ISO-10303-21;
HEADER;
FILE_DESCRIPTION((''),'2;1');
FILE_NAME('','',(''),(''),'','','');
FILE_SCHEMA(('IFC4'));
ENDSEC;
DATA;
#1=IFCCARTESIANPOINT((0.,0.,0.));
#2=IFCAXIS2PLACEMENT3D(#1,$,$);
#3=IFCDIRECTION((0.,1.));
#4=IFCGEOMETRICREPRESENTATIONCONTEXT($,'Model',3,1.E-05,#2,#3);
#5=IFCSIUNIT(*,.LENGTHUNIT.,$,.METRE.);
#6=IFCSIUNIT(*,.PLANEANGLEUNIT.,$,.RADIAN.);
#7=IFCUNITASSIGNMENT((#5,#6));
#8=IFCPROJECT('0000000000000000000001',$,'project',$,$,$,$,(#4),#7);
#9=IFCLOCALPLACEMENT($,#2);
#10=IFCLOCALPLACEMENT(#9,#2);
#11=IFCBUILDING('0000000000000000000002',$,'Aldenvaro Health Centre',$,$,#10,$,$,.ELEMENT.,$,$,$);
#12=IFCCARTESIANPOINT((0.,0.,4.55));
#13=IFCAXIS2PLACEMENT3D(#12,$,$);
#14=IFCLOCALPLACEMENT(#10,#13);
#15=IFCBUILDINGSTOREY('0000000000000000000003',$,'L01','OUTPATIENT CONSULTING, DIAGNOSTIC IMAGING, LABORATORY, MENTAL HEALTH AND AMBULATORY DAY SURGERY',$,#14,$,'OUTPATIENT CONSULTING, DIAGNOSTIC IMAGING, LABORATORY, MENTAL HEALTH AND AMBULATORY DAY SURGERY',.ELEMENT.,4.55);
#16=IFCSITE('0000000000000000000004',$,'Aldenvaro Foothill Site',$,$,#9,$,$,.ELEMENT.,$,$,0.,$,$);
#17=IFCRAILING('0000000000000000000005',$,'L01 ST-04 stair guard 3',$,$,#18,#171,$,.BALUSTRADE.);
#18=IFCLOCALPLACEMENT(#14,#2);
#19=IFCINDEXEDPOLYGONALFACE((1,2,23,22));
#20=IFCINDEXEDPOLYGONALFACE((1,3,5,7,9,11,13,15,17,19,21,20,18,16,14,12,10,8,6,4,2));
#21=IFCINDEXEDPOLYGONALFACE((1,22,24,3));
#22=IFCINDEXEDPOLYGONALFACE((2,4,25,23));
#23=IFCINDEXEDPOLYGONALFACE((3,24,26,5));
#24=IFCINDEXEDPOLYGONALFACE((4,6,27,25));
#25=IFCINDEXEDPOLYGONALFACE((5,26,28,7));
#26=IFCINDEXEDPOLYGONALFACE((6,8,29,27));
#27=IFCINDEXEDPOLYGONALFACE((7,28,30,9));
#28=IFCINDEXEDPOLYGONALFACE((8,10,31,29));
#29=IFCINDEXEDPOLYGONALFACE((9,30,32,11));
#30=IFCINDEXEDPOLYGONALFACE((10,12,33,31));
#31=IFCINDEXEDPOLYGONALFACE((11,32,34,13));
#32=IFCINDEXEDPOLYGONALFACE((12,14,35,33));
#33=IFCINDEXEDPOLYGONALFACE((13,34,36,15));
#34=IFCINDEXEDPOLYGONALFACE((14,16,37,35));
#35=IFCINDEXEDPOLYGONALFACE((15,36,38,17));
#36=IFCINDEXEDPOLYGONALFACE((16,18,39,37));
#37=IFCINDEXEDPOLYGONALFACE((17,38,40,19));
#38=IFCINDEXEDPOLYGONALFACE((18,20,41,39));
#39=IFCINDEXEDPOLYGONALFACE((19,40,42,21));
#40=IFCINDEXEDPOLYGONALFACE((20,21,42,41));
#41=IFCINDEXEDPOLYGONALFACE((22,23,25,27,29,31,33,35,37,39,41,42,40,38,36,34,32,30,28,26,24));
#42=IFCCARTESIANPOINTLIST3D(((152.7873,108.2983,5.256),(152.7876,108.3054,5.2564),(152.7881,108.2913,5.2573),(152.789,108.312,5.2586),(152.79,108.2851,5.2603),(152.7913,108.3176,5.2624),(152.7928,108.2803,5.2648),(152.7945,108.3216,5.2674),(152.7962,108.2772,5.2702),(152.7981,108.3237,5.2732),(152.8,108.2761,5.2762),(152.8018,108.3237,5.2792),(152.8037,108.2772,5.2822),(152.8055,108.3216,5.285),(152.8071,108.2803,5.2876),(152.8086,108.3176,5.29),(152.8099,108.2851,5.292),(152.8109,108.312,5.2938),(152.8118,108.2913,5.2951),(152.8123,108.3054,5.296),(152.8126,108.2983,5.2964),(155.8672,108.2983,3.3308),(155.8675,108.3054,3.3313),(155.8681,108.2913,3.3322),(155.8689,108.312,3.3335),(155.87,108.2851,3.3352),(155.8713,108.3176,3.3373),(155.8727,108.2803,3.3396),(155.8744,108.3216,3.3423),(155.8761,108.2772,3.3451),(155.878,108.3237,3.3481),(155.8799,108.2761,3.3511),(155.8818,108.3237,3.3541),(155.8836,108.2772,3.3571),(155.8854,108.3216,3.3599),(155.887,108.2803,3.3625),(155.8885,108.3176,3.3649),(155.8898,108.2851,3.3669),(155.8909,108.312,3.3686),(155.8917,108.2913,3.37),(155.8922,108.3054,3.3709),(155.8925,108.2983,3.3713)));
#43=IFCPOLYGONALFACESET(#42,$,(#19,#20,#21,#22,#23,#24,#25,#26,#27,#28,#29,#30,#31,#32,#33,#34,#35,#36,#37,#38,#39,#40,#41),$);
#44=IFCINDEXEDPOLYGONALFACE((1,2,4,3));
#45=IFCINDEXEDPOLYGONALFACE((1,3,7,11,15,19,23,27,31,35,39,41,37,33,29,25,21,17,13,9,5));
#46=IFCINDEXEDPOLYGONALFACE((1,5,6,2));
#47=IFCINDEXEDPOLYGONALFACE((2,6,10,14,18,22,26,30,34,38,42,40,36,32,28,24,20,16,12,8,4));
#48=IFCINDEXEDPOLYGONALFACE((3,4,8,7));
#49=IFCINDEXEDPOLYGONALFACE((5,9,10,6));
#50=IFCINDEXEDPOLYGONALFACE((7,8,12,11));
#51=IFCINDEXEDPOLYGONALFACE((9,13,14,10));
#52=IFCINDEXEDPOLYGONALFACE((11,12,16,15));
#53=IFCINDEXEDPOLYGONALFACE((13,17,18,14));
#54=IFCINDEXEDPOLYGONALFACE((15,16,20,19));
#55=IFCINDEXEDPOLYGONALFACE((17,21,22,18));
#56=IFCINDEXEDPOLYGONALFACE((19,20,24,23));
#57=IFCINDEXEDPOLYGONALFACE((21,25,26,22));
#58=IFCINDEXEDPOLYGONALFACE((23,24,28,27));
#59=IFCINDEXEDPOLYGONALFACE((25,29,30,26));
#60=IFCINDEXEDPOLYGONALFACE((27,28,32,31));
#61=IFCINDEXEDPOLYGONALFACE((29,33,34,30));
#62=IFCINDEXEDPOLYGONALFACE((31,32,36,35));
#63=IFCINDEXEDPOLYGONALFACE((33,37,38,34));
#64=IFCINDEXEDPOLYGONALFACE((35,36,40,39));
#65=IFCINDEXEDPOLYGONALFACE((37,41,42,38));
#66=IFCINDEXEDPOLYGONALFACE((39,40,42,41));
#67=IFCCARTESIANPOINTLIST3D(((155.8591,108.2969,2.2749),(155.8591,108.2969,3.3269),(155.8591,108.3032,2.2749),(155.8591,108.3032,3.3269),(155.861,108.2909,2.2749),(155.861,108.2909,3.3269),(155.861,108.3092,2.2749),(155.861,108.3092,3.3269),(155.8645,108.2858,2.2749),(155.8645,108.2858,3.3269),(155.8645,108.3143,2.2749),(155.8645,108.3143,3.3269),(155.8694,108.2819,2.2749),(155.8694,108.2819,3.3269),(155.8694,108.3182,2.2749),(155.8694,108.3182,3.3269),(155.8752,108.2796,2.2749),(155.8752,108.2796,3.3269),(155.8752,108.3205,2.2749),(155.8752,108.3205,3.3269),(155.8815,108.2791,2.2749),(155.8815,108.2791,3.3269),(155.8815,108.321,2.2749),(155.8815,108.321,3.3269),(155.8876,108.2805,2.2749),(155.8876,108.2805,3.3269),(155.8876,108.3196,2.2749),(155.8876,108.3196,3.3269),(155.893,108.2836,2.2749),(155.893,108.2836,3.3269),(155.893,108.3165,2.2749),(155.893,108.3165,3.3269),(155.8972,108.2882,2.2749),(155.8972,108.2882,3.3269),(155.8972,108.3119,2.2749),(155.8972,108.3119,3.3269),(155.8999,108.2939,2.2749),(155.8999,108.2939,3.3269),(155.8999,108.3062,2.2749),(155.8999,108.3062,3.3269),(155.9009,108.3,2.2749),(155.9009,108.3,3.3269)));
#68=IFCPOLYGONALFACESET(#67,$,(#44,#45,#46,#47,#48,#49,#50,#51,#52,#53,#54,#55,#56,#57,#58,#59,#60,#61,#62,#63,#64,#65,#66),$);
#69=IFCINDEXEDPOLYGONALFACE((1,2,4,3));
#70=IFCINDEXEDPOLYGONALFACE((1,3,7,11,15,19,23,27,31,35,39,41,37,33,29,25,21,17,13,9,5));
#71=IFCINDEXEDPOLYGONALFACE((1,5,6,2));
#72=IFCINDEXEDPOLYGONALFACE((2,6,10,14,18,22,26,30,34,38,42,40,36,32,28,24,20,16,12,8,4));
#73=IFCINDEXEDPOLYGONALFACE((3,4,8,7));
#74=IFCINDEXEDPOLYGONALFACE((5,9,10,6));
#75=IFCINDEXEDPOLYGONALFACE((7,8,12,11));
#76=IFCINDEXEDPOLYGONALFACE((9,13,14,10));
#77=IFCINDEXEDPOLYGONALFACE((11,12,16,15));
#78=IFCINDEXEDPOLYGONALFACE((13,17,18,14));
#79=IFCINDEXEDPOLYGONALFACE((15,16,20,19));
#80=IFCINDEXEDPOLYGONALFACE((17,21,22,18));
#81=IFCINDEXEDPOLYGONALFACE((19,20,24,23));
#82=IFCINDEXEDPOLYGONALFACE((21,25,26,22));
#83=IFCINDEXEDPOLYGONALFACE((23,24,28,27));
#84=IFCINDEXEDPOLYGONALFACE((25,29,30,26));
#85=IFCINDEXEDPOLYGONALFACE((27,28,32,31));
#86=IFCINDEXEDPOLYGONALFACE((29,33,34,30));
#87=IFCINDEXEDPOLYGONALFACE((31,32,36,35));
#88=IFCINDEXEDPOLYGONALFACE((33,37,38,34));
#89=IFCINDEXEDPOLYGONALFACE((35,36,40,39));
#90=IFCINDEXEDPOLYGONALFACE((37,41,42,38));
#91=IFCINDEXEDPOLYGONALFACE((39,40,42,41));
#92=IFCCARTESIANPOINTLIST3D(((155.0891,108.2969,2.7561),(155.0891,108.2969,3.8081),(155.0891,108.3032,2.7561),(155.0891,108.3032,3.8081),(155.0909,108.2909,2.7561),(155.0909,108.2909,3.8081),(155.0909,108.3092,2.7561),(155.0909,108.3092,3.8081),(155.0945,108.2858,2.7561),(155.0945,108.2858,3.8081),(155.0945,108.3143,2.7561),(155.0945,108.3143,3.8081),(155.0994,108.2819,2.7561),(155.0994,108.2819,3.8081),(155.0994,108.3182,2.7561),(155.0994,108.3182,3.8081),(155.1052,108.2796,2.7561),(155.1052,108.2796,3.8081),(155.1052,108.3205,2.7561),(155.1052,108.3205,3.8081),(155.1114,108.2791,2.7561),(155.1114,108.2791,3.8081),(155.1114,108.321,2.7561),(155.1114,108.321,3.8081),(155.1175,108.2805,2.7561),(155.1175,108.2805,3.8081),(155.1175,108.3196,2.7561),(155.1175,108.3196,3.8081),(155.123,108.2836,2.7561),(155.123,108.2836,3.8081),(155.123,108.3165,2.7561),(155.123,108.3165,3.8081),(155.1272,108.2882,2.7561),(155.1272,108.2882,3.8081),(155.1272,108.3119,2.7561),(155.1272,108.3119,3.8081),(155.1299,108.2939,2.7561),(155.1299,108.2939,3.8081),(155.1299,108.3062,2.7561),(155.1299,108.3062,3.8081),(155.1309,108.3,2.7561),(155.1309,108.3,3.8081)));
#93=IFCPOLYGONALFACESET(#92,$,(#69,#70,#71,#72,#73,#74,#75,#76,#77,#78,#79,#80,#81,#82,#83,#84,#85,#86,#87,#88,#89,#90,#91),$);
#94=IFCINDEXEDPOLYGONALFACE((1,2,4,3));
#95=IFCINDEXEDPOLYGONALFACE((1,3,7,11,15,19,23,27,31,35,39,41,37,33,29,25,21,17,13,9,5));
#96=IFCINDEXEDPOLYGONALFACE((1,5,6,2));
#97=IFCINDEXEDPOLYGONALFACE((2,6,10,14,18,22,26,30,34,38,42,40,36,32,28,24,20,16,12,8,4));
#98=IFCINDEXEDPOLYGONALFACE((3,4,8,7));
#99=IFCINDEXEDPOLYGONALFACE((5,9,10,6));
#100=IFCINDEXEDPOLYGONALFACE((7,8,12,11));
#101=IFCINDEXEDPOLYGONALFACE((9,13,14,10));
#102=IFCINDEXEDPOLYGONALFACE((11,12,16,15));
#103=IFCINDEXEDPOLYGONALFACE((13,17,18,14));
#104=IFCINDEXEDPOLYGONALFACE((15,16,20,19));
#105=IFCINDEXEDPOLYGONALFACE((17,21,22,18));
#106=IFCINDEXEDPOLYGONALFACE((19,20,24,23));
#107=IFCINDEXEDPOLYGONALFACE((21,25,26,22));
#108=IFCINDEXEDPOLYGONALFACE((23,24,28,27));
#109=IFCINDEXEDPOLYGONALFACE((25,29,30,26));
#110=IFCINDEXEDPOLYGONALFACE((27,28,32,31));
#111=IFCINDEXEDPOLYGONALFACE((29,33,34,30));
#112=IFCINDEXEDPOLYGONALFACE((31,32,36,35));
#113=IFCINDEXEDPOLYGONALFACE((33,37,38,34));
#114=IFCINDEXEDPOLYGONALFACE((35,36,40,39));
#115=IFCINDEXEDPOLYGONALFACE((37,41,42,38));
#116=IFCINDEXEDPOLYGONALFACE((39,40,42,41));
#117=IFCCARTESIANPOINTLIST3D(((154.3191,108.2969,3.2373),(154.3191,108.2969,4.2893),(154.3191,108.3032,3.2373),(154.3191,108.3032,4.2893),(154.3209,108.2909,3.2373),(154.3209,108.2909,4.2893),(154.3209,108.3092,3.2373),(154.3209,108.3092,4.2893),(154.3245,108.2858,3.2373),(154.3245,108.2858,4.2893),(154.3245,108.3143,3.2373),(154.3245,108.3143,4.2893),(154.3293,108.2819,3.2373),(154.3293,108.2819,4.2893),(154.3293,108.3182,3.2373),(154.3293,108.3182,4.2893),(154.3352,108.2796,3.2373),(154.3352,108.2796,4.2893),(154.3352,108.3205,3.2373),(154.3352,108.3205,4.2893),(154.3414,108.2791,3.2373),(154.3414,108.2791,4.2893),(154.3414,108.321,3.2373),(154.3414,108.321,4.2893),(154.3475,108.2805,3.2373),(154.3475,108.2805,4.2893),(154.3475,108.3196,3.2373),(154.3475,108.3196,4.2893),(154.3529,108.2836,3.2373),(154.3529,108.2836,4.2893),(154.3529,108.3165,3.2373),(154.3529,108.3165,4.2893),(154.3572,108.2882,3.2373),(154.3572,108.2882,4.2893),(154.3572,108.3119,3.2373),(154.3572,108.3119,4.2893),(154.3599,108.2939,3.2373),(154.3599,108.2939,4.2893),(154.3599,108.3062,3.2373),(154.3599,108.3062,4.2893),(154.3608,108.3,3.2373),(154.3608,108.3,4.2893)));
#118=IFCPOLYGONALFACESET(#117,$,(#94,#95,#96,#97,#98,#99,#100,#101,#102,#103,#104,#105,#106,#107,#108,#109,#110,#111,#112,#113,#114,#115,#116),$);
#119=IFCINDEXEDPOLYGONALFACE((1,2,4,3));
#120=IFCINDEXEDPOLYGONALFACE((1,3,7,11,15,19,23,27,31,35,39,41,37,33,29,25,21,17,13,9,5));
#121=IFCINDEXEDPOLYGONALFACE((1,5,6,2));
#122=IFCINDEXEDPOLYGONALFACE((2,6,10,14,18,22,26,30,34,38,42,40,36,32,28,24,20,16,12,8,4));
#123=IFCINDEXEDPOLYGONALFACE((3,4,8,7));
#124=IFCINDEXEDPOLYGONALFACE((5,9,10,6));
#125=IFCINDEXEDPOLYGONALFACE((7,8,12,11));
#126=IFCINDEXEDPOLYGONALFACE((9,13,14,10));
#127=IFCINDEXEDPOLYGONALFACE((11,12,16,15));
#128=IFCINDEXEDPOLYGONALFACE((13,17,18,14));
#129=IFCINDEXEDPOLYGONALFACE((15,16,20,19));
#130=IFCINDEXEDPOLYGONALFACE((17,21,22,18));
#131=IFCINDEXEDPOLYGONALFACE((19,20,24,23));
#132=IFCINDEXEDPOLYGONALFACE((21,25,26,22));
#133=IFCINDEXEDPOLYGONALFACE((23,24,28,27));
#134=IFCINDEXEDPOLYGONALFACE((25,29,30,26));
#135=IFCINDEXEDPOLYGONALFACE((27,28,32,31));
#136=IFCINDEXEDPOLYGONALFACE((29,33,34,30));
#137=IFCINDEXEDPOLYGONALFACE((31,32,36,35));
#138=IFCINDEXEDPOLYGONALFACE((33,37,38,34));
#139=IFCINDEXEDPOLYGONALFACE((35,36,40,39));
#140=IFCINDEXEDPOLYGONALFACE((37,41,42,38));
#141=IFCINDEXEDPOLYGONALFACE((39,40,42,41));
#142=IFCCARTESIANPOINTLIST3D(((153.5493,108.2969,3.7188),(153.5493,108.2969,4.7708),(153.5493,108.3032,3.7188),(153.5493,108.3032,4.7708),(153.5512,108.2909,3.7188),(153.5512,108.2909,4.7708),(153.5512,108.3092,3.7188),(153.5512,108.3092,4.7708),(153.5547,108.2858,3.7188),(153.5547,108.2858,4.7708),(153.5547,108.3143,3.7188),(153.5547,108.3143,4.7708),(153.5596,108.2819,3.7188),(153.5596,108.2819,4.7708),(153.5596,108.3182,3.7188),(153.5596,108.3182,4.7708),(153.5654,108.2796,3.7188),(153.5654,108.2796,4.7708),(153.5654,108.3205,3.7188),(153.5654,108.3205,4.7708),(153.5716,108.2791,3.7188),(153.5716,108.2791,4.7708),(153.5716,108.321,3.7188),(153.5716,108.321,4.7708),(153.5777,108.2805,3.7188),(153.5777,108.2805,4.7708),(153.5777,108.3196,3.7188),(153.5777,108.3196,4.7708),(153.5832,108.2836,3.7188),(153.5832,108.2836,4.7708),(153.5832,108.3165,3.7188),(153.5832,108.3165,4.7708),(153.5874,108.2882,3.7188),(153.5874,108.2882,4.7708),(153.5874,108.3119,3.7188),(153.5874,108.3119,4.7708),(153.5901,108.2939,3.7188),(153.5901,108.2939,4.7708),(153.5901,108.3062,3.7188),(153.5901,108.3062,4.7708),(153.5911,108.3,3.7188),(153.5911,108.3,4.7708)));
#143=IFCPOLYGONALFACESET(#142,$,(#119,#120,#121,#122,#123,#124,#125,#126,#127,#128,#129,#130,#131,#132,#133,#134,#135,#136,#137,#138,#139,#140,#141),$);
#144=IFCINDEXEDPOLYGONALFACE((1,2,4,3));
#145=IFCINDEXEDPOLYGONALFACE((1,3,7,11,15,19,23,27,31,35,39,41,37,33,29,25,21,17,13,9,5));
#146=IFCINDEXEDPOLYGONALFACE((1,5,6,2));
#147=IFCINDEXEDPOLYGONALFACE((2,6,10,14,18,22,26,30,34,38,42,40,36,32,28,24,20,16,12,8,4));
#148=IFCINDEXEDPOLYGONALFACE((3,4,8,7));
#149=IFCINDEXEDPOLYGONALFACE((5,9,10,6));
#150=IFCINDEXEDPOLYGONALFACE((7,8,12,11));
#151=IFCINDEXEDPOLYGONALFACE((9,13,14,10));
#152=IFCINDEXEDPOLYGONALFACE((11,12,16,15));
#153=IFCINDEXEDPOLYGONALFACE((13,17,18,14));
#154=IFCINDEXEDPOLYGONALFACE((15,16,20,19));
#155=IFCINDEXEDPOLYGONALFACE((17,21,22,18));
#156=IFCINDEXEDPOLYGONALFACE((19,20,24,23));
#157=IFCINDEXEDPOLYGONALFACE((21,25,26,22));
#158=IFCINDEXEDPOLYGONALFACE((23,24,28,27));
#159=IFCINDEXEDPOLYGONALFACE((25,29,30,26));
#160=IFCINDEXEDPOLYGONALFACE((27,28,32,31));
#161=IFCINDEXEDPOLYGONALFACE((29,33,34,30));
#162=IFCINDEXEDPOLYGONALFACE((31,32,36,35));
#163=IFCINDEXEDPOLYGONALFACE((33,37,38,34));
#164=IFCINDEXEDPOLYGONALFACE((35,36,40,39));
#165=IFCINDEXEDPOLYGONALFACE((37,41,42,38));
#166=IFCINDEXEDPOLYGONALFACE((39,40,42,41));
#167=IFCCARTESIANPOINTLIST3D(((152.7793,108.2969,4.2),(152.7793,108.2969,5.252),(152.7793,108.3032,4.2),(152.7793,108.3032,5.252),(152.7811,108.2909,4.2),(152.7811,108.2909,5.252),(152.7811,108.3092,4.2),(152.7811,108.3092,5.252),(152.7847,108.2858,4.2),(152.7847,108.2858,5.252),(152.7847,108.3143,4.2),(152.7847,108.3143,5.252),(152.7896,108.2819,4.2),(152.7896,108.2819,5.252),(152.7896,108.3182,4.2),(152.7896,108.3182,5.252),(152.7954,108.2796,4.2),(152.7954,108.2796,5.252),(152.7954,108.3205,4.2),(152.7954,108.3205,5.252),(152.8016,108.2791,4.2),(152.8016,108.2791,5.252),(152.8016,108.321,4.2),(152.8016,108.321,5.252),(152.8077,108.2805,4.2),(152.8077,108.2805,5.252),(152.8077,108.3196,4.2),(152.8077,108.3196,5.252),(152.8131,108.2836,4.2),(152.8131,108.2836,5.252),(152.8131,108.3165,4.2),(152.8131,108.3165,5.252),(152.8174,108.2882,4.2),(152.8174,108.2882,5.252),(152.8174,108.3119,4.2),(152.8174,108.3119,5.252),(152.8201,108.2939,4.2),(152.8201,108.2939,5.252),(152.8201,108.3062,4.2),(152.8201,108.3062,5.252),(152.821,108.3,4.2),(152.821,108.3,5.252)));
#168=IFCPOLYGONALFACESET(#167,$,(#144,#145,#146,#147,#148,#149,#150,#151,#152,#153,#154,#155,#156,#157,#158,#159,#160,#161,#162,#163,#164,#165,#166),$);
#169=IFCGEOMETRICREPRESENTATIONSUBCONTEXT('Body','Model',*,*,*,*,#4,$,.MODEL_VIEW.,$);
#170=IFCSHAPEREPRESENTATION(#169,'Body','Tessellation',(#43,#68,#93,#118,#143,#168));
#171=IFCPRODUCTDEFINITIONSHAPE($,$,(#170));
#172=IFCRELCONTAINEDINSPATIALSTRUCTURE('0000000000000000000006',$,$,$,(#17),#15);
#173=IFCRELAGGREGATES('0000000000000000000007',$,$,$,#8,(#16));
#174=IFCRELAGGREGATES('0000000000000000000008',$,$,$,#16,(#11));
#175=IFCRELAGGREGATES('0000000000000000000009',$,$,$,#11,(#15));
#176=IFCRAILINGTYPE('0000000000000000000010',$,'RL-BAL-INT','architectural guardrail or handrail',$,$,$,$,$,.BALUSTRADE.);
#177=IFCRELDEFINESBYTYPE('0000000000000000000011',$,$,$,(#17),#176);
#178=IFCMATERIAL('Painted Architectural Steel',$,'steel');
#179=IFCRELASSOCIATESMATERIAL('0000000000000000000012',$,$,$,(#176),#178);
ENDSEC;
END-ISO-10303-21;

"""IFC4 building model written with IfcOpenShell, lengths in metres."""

from ifc_helpers import new_model, si_unit, direction, frame, origin, origin_2d, place, context, subcontext, project, spatial, circle, extrude, material, type_object, element, save


model = new_model("IFC4")

# Units and contexts
model_context = context("Model", 3, precision=1e-05, world=origin(), true_north=direction((0.0, 1.0)))
body_context = subcontext(model_context, "Body", "Model", "MODEL_VIEW")
ifc_project = project(units=[si_unit("LENGTHUNIT", "METRE"), si_unit("PLANEANGLEUNIT", "RADIAN")], contexts=[model_context])

# Site, building, storey
site_placement = place(None, origin())
site = spatial("IfcSite", under=ifc_project, at=site_placement, Name="Aldenvaro Foothill Site", CompositionType="ELEMENT", RefElevation=0.0)
building_placement = place(site_placement, origin())
building = spatial("IfcBuilding", under=site, at=building_placement, Name="Aldenvaro Health Centre", CompositionType="ELEMENT")
storey_placement = place(building_placement, frame((0.0, 0.0, 4.55)))
storey = spatial("IfcBuildingStorey", under=building, at=storey_placement, Name="L01", Description="OUTPATIENT CONSULTING, DIAGNOSTIC IMAGING, LABORATORY, MENTAL HEALTH AND AMBULATORY DAY SURGERY", LongName="OUTPATIENT CONSULTING, DIAGNOSTIC IMAGING, LABORATORY, MENTAL HEALTH AND AMBULATORY DAY SURGERY", CompositionType="ELEMENT", Elevation=4.55)

# Railing
ifc_material_1 = material(Name="Painted Architectural Steel", Category="steel")
railing_type_1 = type_object("IfcRailingType", Name="RL-BAL-INT", Description="architectural guardrail or handrail", PredefinedType="BALUSTRADE", material=ifc_material_1)
railing_1_placement = place(storey_placement, frame((155.8799, 108.3, 2.2749)))
element("IfcRailing", 1, at=railing_1_placement, inside=storey, type_object=railing_type_1, Name="L01 ST-04 stair guard 3", PredefinedType="BALUSTRADE", context=body_context, shape_type="SweptSolid", body=[
    extrude(circle(Radius=0.0239, at=origin_2d()), frame((0.0, 0.0, 1.0762), z_axis=(-0.847979, 0.0, 0.530029), x_axis=(0.0, -1.0, 0.0)), (0.0, 0.0, 1.0), 3.6321),
    extrude(circle(Radius=0.021, at=origin_2d()), origin(), (0.0, 0.0, 1.0), 1.052),
    extrude(circle(Radius=0.021, at=origin_2d()), frame((-0.77, 0.0, 0.4812)), (0.0, 0.0, 1.0), 1.052),
    extrude(circle(Radius=0.021, at=origin_2d()), frame((-1.54, 0.0, 0.9624)), (0.0, 0.0, 1.0), 1.052),
    extrude(circle(Radius=0.021, at=origin_2d()), frame((-2.3098, 0.0, 1.4438)), (0.0, 0.0, 1.0), 1.052),
    extrude(circle(Radius=0.021, at=origin_2d()), frame((-3.0798, 0.0, 1.925)), (0.0, 0.0, 1.0), 1.052),
])

save(model, "model.ifc")
